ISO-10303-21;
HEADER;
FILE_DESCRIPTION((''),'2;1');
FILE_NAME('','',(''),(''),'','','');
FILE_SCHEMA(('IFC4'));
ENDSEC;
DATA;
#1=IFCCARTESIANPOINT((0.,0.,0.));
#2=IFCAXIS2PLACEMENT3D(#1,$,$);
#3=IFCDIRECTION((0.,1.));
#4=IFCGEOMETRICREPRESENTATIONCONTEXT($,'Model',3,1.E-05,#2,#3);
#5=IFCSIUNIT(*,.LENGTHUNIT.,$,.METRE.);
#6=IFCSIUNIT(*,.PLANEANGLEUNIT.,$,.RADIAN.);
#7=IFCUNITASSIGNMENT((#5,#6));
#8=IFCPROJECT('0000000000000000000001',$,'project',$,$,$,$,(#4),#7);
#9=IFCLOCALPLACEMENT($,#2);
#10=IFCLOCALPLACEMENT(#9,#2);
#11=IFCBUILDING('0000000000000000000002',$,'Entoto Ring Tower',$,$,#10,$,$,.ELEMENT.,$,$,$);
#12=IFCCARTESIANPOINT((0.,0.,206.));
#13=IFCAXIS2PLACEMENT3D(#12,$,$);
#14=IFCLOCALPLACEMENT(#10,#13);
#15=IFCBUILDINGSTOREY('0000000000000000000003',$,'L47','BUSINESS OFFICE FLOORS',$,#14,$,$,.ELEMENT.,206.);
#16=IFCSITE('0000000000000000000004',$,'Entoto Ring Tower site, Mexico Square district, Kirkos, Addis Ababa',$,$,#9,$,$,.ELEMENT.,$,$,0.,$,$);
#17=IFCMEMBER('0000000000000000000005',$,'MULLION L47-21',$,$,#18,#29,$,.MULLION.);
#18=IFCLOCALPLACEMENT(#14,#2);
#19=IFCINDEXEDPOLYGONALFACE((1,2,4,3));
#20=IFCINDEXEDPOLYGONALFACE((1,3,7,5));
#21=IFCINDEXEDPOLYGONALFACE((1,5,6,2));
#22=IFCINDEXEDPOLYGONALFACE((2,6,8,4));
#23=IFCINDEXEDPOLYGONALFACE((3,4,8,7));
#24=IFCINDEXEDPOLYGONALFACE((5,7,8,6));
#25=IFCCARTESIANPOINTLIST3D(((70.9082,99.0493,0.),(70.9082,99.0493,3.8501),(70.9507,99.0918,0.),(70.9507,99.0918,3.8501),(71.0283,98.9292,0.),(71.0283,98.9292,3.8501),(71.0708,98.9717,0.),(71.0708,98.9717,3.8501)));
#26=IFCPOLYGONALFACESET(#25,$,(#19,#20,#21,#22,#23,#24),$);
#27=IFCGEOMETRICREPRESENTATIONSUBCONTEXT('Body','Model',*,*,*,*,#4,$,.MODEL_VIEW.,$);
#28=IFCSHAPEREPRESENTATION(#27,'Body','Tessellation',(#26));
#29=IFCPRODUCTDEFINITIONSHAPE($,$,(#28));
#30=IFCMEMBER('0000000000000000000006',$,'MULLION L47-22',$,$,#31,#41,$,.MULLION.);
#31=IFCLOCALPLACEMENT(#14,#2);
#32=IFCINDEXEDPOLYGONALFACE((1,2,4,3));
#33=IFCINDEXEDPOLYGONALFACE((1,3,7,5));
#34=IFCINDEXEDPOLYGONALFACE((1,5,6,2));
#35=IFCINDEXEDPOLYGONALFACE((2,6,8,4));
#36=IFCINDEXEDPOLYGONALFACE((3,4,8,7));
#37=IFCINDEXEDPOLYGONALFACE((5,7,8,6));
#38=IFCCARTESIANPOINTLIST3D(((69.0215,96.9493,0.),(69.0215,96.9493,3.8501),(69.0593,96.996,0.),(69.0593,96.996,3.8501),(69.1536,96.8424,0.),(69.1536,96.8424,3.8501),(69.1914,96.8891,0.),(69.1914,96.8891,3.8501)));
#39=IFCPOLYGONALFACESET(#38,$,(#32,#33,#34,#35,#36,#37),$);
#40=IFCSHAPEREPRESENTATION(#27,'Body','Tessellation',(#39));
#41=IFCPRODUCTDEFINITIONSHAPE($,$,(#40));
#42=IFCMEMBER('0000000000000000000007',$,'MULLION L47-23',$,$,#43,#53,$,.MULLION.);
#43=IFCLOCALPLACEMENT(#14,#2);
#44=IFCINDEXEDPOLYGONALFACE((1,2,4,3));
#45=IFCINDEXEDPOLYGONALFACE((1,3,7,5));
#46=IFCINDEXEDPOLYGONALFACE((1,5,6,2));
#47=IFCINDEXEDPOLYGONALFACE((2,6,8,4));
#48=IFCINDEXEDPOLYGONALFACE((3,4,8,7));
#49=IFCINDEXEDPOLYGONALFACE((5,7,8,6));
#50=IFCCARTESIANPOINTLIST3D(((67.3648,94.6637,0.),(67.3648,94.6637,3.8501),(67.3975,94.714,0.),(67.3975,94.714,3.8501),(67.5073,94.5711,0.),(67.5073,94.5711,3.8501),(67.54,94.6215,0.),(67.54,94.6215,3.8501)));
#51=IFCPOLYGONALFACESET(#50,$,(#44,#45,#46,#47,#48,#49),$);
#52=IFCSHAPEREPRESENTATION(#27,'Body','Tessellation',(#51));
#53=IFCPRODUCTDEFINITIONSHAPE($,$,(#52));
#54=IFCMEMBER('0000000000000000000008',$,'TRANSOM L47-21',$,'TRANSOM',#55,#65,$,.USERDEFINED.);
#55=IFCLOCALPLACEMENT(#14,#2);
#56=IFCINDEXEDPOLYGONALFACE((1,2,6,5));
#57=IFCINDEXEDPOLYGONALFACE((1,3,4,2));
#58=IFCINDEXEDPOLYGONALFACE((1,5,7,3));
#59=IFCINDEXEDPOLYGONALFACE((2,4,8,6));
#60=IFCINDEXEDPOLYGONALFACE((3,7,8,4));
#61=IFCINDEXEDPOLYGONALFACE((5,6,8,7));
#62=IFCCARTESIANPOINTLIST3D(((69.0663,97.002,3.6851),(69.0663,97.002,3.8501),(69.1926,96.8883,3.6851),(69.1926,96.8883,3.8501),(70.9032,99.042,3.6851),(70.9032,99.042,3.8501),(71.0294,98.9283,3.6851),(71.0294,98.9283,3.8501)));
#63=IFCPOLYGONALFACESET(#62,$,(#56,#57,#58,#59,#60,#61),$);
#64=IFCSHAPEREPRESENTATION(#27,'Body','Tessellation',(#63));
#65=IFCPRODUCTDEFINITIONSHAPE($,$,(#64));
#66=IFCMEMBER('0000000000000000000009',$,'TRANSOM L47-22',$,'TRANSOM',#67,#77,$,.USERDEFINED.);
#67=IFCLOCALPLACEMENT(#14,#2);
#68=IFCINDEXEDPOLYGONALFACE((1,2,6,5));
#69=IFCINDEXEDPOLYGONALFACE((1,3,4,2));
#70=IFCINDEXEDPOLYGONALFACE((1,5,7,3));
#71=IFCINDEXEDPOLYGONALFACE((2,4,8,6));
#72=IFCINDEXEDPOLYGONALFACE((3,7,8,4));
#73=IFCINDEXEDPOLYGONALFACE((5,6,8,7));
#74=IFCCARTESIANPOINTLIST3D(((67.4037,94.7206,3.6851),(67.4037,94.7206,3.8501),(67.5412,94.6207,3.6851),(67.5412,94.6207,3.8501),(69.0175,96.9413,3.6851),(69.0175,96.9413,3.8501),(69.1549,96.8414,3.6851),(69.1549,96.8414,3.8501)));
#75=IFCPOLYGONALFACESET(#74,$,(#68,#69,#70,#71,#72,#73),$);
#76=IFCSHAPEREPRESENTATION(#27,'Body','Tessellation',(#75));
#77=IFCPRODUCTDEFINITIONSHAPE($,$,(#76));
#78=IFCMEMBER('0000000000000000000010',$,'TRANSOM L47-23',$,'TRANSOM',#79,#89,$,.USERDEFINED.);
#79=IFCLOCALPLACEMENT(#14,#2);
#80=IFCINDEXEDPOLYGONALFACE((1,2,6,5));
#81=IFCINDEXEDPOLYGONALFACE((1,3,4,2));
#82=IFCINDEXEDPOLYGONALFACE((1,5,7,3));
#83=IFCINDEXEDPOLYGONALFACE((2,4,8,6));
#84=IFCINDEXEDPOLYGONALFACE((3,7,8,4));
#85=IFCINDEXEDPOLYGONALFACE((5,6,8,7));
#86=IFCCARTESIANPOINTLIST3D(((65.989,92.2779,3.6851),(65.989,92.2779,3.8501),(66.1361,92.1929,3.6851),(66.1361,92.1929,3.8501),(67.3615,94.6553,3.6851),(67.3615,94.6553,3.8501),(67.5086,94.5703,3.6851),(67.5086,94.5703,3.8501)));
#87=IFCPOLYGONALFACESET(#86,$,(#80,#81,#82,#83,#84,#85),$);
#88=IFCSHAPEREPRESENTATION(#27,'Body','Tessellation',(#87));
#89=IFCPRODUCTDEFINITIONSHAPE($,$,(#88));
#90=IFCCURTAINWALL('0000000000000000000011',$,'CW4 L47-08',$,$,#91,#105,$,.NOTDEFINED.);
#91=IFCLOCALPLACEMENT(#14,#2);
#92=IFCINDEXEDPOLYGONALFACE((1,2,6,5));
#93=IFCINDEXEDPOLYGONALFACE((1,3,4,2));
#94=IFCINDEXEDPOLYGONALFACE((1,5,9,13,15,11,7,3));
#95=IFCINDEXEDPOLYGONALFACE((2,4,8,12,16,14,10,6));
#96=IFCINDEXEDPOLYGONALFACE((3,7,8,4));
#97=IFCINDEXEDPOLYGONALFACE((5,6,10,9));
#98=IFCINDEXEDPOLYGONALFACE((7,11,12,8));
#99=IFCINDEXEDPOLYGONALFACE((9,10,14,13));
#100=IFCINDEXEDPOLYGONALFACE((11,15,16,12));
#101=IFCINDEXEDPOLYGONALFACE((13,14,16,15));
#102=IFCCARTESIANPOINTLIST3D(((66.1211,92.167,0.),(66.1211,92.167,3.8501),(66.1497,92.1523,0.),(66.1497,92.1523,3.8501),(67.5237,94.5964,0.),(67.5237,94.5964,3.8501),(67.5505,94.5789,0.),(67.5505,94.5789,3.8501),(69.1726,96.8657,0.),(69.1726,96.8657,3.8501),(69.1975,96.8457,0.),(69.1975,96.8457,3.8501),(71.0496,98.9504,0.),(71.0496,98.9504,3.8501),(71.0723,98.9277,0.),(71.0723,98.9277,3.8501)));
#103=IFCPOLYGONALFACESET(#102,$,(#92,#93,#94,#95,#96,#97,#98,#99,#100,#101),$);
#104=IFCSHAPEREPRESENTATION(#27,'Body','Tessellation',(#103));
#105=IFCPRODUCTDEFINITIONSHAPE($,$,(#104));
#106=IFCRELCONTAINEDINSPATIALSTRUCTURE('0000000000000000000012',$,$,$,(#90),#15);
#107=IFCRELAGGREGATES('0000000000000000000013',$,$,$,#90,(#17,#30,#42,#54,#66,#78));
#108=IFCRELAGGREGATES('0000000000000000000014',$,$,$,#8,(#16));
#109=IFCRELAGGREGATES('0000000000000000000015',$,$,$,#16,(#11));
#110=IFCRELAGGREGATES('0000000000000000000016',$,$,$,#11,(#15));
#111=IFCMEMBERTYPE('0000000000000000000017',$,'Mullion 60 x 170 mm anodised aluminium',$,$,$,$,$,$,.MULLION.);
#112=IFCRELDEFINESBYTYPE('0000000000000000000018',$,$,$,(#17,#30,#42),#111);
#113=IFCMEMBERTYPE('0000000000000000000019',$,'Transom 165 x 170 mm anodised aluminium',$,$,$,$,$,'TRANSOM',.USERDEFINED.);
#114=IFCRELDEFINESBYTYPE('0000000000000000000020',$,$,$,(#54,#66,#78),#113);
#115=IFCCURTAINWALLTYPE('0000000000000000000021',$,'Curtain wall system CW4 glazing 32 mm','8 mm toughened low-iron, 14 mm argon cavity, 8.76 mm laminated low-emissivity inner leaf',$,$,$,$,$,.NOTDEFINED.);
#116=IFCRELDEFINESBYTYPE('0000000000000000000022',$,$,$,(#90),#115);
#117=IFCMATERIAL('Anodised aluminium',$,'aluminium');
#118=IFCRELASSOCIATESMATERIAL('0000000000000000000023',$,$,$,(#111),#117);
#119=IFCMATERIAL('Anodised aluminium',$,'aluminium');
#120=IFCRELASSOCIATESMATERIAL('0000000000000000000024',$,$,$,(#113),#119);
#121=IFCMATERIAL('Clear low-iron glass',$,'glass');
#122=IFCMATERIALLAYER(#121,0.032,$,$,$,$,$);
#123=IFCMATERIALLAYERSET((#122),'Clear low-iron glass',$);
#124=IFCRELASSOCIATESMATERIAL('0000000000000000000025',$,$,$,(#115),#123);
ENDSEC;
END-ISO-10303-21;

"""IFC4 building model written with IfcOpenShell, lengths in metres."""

from ifc_helpers import new_model, si_unit, direction, frame, origin, origin_2d, place, context, subcontext, project, spatial, polyline, rectangle, outline, extrude, material, layer, layer_set, material_profile, profile_set, type_object, element, aggregate, save


model = new_model("IFC4")

# Units and contexts
model_context = context("Model", 3, precision=1e-05, world=origin(), true_north=direction((0.0, 1.0)))
body_context = subcontext(model_context, "Body", "Model", "MODEL_VIEW")
ifc_project = project(units=[si_unit("LENGTHUNIT", "METRE"), si_unit("PLANEANGLEUNIT", "RADIAN")], contexts=[model_context])

# Members
ifc_material_1 = material(Name="Anodised aluminium", Category="aluminium")
ifc_material_profile_1 = material_profile(ifc_material_1, rectangle(XDim=0.0601, YDim=0.1699, at=origin_2d()), Name="Mullion 60 x 170 mm anodised aluminium")
ifc_profile_set_1 = profile_set([ifc_material_profile_1], Name="Anodised aluminium")
member_type_1 = type_object("IfcMemberType", Name="Mullion 60 x 170 mm anodised aluminium", PredefinedType="MULLION", material=ifc_profile_set_1)
site_placement = place(None, origin())
building_placement = place(site_placement, origin())
storey_placement = place(building_placement, frame((0.0, 0.0, 206.0)))
member_1_placement = place(storey_placement, frame((70.9895, 99.0105, 0.0), z_axis=(0.0, 0.0, 1.0), x_axis=(-0.707107, -0.707107, 0.0)))
member_1 = element("IfcMember", 1, at=member_1_placement, type_object=member_type_1, Name="MULLION L47-21", PredefinedType="MULLION", context=body_context, shape_type="SweptSolid", body=[
    extrude(rectangle(XDim=0.0601, YDim=0.1699, at=origin_2d()), origin(), (0.0, 0.0, 1.0), 3.8501),
])
member_2_placement = place(storey_placement, frame((69.1064, 96.9192, 0.0), z_axis=(0.0, 0.0, 1.0), x_axis=(-0.62932, -0.777146, 0.0)))
member_2 = element("IfcMember", 2, at=member_2_placement, type_object=member_type_1, Name="MULLION L47-22", PredefinedType="MULLION", context=body_context, shape_type="SweptSolid", body=[
    extrude(rectangle(XDim=0.0601, YDim=0.1699, at=origin_2d()), origin(), (0.0, 0.0, 1.0), 3.8501),
])
member_3_placement = place(storey_placement, frame((67.4524, 94.6426, 0.0), z_axis=(0.0, 0.0, 1.0), x_axis=(-0.544639, -0.838671, 0.0)))
member_3 = element("IfcMember", 3, at=member_3_placement, type_object=member_type_1, Name="MULLION L47-23", PredefinedType="MULLION", context=body_context, shape_type="SweptSolid", body=[
    extrude(rectangle(XDim=0.0601, YDim=0.1699, at=origin_2d()), origin(), (0.0, 0.0, 1.0), 3.8501),
])
ifc_material_2 = material(Name="Anodised aluminium", Category="aluminium")
ifc_material_profile_2 = material_profile(ifc_material_2, rectangle(XDim=0.1699, YDim=0.165, at=origin_2d()), Name="Transom 165 x 170 mm anodised aluminium")
ifc_profile_set_2 = profile_set([ifc_material_profile_2], Name="Anodised aluminium")
member_type_2 = type_object("IfcMemberType", Name="Transom 165 x 170 mm anodised aluminium", ElementType="TRANSOM", PredefinedType="USERDEFINED", material=ifc_profile_set_2)
member_4_placement = place(storey_placement, frame((70.9663, 98.9851, 3.7676), z_axis=(-0.669142, -0.743135, 0.0), x_axis=(0.743135, -0.669142, 0.0)))
member_4 = element("IfcMember", 4, at=member_4_placement, type_object=member_type_2, Name="TRANSOM L47-21", ObjectType="TRANSOM", PredefinedType="USERDEFINED", context=body_context, shape_type="SweptSolid", body=[
    extrude(rectangle(XDim=0.1699, YDim=0.165, at=origin_2d()), origin(), (0.0, 0.0, 1.0), 2.7451),
])
member_5_placement = place(storey_placement, frame((69.0862, 96.8914, 3.7676), z_axis=(-0.587865, -0.808959, 0.0), x_axis=(0.808959, -0.587865, 0.0)))
member_5 = element("IfcMember", 5, at=member_5_placement, type_object=member_type_2, Name="TRANSOM L47-22", ObjectType="TRANSOM", PredefinedType="USERDEFINED", context=body_context, shape_type="SweptSolid", body=[
    extrude(rectangle(XDim=0.1699, YDim=0.165, at=origin_2d()), origin(), (0.0, 0.0, 1.0), 2.7451),
])
member_6_placement = place(storey_placement, frame((67.4351, 94.6128, 3.7676), z_axis=(-0.499984, -0.866035, 0.0), x_axis=(0.866035, -0.499984, 0.0)))
member_6 = element("IfcMember", 6, at=member_6_placement, type_object=member_type_2, Name="TRANSOM L47-23", ObjectType="TRANSOM", PredefinedType="USERDEFINED", context=body_context, shape_type="SweptSolid", body=[
    extrude(rectangle(XDim=0.1699, YDim=0.165, at=origin_2d()), origin(), (0.0, 0.0, 1.0), 2.7451),
])

# Site, building, storey
site = spatial("IfcSite", under=ifc_project, at=site_placement, Name="Entoto Ring Tower site, Mexico Square district, Kirkos, Addis Ababa", CompositionType="ELEMENT", RefElevation=0.0)
building = spatial("IfcBuilding", under=site, at=building_placement, Name="Entoto Ring Tower", CompositionType="ELEMENT")
storey = spatial("IfcBuildingStorey", under=building, at=storey_placement, Name="L47", Description="BUSINESS OFFICE FLOORS", CompositionType="ELEMENT", Elevation=206.0)

# Curtain wall
ifc_material_3 = material(Name="Clear low-iron glass", Category="glass")
ifc_layer = layer(ifc_material_3, 0.032)
ifc_layer_set = layer_set([ifc_layer], Name="Clear low-iron glass")
curtain_wall_type = type_object("IfcCurtainWallType", Name="Curtain wall system CW4 glazing 32 mm", Description="8 mm toughened low-iron, 14 mm argon cavity, 8.76 mm laminated low-emissivity inner leaf", PredefinedType="NOTDEFINED", material=ifc_layer_set)
curtain_wall_1_placement = place(storey_placement, origin())
curtain_wall_1 = element("IfcCurtainWall", 7, at=curtain_wall_1_placement, inside=storey, type_object=curtain_wall_type, Name="CW4 L47-08", PredefinedType="NOTDEFINED", context=body_context, shape_type="SweptSolid", body=[
    extrude(outline(polyline([(71.0496, 98.9504), (69.1726, 96.8657), (67.5237, 94.5964), (66.1211, 92.167), (66.1497, 92.1523), (67.5505, 94.5789), (69.1975, 96.8457), (71.0723, 98.9277), (71.0496, 98.9504)])), origin(), (0.0, 0.0, 1.0), 3.8501),
])
aggregate(curtain_wall_1, [member_1, member_2, member_3, member_4, member_5, member_6])

save(model, "model.ifc")
